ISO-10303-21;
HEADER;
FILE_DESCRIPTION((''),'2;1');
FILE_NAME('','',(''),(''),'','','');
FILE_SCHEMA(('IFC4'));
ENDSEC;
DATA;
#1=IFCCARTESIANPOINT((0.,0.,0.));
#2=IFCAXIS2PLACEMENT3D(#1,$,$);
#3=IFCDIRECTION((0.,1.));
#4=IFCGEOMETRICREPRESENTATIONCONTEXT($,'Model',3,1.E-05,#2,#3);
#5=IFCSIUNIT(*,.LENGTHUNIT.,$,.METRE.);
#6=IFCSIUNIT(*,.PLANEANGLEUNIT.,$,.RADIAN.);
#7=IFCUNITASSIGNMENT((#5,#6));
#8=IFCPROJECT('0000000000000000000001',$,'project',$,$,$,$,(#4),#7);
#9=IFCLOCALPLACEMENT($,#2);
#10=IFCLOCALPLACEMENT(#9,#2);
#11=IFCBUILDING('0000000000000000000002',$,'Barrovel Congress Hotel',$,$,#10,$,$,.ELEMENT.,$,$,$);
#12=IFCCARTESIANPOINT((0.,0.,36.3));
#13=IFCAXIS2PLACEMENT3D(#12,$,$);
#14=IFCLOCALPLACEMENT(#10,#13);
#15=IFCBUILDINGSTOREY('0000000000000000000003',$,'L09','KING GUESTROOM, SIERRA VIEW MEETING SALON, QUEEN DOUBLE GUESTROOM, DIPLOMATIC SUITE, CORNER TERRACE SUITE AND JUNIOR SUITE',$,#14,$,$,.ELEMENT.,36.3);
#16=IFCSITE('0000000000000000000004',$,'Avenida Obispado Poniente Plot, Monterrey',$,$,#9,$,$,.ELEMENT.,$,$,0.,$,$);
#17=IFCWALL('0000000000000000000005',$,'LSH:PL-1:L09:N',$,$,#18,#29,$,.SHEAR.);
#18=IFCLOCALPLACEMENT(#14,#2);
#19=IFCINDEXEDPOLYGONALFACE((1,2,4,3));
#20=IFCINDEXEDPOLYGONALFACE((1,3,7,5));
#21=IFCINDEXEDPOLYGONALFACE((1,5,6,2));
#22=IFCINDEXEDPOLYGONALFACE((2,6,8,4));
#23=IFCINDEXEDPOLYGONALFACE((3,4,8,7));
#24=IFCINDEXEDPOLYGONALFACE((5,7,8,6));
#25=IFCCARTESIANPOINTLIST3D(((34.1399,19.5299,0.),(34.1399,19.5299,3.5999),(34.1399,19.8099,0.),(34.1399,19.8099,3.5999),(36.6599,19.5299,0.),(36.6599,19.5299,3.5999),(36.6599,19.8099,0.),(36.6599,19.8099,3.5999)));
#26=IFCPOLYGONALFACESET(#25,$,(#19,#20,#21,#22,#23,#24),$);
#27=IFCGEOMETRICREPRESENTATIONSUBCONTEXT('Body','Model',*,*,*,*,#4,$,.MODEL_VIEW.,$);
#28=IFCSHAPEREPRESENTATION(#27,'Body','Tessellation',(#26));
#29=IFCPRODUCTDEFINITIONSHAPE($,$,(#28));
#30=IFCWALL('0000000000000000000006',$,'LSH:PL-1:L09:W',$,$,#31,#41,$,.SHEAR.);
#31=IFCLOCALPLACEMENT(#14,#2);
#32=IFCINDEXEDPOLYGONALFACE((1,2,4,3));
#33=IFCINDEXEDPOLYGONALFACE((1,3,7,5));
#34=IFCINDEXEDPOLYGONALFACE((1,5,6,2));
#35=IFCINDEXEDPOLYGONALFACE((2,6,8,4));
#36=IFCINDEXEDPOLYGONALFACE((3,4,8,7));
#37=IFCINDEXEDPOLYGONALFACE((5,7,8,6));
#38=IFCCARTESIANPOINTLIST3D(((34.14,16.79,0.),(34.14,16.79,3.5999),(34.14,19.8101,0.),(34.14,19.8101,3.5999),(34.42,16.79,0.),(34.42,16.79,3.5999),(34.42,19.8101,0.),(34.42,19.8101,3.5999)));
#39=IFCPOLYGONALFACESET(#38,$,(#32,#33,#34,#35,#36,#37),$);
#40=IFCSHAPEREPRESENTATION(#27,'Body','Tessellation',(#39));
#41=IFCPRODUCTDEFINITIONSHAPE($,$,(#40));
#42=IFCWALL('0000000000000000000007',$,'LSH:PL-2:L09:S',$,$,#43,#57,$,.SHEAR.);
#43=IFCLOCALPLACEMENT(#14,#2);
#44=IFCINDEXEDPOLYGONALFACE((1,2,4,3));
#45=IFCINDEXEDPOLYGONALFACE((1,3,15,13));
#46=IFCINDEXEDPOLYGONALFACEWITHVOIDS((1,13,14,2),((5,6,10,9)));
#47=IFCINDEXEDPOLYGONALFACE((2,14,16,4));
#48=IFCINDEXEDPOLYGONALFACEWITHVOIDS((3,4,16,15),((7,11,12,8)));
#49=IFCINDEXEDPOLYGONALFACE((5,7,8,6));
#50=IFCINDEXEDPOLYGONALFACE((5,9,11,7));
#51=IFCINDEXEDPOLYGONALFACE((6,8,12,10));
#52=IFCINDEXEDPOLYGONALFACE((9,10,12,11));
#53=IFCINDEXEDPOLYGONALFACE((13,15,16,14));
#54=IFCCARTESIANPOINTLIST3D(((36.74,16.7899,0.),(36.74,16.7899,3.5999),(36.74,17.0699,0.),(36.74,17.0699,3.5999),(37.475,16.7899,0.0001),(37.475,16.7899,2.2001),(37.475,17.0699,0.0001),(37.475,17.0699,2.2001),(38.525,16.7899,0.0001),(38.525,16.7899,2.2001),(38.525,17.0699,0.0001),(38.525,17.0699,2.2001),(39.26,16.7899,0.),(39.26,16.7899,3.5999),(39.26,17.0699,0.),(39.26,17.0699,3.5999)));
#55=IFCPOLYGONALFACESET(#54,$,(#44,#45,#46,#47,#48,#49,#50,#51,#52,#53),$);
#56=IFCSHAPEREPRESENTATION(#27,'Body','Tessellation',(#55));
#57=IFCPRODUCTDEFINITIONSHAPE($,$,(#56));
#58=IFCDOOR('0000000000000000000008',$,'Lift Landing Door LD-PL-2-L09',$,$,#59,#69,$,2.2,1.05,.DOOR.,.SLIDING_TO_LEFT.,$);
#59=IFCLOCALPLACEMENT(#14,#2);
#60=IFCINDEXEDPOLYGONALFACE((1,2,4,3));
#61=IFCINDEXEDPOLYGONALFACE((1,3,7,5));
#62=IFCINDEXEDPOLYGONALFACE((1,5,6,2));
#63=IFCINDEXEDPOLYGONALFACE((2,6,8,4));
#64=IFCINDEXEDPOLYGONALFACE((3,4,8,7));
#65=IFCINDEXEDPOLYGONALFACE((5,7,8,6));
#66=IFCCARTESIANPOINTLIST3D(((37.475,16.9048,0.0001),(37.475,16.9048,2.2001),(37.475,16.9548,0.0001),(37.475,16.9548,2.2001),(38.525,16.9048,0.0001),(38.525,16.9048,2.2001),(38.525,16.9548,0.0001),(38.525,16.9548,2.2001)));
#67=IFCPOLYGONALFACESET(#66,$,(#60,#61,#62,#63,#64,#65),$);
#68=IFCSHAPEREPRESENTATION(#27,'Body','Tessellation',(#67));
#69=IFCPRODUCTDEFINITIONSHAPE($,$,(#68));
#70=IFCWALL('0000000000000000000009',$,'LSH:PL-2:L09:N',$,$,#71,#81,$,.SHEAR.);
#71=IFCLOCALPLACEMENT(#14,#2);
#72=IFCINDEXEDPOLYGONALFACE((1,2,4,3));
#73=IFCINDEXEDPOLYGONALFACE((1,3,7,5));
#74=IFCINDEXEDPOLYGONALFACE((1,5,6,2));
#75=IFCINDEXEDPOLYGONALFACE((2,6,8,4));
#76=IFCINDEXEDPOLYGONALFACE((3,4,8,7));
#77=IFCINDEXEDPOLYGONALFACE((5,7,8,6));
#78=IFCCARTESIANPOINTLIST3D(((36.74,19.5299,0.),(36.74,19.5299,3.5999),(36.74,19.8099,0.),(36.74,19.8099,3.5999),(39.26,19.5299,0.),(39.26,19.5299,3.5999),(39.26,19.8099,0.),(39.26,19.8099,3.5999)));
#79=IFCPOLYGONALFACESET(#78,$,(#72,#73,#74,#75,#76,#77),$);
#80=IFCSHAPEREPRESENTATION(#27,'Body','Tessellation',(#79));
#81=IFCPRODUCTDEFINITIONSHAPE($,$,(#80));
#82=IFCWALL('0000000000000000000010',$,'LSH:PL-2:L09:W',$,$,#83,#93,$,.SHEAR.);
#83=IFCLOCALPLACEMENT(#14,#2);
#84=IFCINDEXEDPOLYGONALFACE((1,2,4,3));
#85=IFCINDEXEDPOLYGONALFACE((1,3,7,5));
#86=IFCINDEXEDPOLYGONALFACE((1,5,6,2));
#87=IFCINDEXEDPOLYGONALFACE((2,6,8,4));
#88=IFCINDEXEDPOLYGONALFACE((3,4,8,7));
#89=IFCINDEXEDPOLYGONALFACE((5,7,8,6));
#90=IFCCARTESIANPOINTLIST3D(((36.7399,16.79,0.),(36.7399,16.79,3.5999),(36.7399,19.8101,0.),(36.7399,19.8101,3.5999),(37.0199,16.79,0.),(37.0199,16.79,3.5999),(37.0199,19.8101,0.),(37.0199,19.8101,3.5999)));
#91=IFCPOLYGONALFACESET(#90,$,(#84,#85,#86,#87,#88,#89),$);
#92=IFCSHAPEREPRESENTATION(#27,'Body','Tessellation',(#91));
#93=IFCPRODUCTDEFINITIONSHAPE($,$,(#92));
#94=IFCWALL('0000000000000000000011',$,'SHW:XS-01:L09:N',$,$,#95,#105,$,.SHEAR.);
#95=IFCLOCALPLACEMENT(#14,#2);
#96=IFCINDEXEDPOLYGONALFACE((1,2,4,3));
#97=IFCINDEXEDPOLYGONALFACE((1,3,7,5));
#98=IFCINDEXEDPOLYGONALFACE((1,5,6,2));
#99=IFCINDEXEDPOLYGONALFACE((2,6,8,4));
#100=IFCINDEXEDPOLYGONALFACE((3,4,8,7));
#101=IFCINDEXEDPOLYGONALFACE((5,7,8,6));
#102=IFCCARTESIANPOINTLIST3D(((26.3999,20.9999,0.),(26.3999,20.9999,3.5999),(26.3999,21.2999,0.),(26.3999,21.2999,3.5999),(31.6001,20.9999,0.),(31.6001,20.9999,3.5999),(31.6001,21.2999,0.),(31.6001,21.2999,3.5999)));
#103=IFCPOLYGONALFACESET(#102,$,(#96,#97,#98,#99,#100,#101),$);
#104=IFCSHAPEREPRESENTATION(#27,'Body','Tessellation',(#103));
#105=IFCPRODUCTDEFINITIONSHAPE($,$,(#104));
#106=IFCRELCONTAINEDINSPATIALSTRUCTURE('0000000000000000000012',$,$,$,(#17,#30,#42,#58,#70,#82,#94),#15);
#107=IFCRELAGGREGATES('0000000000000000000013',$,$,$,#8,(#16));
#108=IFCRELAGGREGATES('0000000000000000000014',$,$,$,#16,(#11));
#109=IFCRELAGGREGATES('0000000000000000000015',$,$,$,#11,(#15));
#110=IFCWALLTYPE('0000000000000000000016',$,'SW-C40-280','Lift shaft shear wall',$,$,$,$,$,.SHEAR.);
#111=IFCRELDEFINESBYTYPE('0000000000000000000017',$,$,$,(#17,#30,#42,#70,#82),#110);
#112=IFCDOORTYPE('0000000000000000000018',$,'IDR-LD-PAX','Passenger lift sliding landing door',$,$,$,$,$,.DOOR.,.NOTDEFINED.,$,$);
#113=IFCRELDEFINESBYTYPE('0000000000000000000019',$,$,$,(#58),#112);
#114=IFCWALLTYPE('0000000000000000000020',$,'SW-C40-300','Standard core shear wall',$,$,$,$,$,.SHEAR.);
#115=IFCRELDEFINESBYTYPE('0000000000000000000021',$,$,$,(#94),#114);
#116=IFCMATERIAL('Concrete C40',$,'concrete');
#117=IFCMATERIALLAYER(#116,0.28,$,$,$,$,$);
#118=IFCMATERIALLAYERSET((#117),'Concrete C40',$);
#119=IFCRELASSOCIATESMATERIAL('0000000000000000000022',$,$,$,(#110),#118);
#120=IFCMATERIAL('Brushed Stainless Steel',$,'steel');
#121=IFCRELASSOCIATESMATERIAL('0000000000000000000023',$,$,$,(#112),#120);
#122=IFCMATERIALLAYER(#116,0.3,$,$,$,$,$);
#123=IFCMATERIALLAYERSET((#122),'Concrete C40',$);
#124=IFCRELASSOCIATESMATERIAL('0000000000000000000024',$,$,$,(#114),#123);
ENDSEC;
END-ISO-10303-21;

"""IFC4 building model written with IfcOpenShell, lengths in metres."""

from ifc_helpers import new_model, si_unit, direction, frame, frame_2d, origin, place, context, subcontext, project, spatial, rectangle, extrude, material, layer, layer_set, type_object, element, fill, save


model = new_model("IFC4")

# Units and contexts
model_context = context("Model", 3, precision=1e-05, world=origin(), true_north=direction((0.0, 1.0)))
body_context = subcontext(model_context, "Body", "Model", "MODEL_VIEW")
ifc_project = project(units=[si_unit("LENGTHUNIT", "METRE"), si_unit("PLANEANGLEUNIT", "RADIAN")], contexts=[model_context])

# Site, building, storey
site_placement = place(None, origin())
site = spatial("IfcSite", under=ifc_project, at=site_placement, Name="Avenida Obispado Poniente Plot, Monterrey", CompositionType="ELEMENT", RefElevation=0.0)
building_placement = place(site_placement, origin())
building = spatial("IfcBuilding", under=site, at=building_placement, Name="Barrovel Congress Hotel", CompositionType="ELEMENT")
storey_placement = place(building_placement, frame((0.0, 0.0, 36.3)))
storey = spatial("IfcBuildingStorey", under=building, at=storey_placement, Name="L09", Description="KING GUESTROOM, SIERRA VIEW MEETING SALON, QUEEN DOUBLE GUESTROOM, DIPLOMATIC SUITE, CORNER TERRACE SUITE AND JUNIOR SUITE", CompositionType="ELEMENT", Elevation=36.3)

# Shared definitions
ifc_material_1 = material(Name="Concrete C40", Category="concrete")

# Shared definitions
ifc_layer_1 = layer(ifc_material_1, 0.28)
ifc_layer_set_1 = layer_set([ifc_layer_1], Name="Concrete C40")
wall_type_1 = type_object("IfcWallType", Name="SW-C40-280", Description="Lift shaft shear wall", PredefinedType="SHEAR", material=ifc_layer_set_1)
ifc_material_2 = material(Name="Brushed Stainless Steel", Category="steel")
door_type = type_object("IfcDoorType", Name="IDR-LD-PAX", Description="Passenger lift sliding landing door", OperationType="NOTDEFINED", PredefinedType="DOOR", material=ifc_material_2)

# Walls
wall_1_placement = place(storey_placement, frame((36.6599, 19.6699, 0.0), z_axis=(0.0, 0.0, 1.0), x_axis=(-1.0, 0.0, 0.0)))
element("IfcWall", 1, at=wall_1_placement, inside=storey, type_object=wall_type_1, Name="LSH:PL-1:L09:N", PredefinedType="SHEAR", context=body_context, shape_type="SweptSolid", body=[
    extrude(rectangle(XDim=2.52, YDim=0.28, at=frame_2d((1.26, 0.0))), origin(), (0.0, 0.0, 1.0), 3.5999),
])
wall_2_placement = place(storey_placement, frame((34.28, 19.8101, 0.0), z_axis=(0.0, 0.0, 1.0), x_axis=(0.0, -1.0, 0.0)))
element("IfcWall", 2, at=wall_2_placement, inside=storey, type_object=wall_type_1, Name="LSH:PL-1:L09:W", PredefinedType="SHEAR", context=body_context, shape_type="SweptSolid", body=[
    extrude(rectangle(XDim=3.02, YDim=0.28, at=frame_2d((1.51, 0.0))), origin(), (0.0, 0.0, 1.0), 3.5999),
])

# Wall, opening, door
wall_3_placement = place(storey_placement, frame((36.74, 16.9299, 0.0), z_axis=(0.0, 0.0, 1.0), x_axis=(1.0, 0.0, 0.0)))
wall_3 = element("IfcWall", 3, at=wall_3_placement, inside=storey, type_object=wall_type_1, Name="LSH:PL-2:L09:S", PredefinedType="SHEAR", context=body_context, shape_type="SweptSolid", body=[
    extrude(rectangle(XDim=2.52, YDim=0.28, at=frame_2d((1.26, 0.0))), origin(), (0.0, 0.0, 1.0), 3.5999),
])
opening_1_placement = place(wall_3_placement, frame((0.7351, 0.0, 0.0)))
opening_1 = element("IfcOpeningElement", 4, at=opening_1_placement, cuts=wall_3, PredefinedType="OPENING", context=body_context, shape_type="SweptSolid", body=[
    extrude(rectangle(XDim=1.05, YDim=2.2, at=frame_2d((0.5249, 1.1001))), frame((0.0, 0.1499, 0.0), z_axis=(0.0, -1.0, 0.0), x_axis=(1.0, 0.0, 0.0)), (0.0, 0.0, 1.0), 0.3),
])
door_1_placement = place(opening_1_placement, origin())
door_1 = element("IfcDoor", 5, at=door_1_placement, inside=storey, type_object=door_type, Name="Lift Landing Door LD-PL-2-L09", OperationType="SLIDING_TO_LEFT", OverallHeight=2.2, OverallWidth=1.05, PredefinedType="DOOR", context=body_context, shape_type="SweptSolid", body=[
    extrude(rectangle(XDim=1.05, YDim=2.2, at=frame_2d((0.5249, 1.1001))), frame((0.0, 0.0249, 0.0), z_axis=(0.0, -1.0, 0.0), x_axis=(1.0, 0.0, 0.0)), (0.0, 0.0, 1.0), 0.05),
])
fill(opening_1, door_1)

# Walls
wall_4_placement = place(storey_placement, frame((39.26, 19.6699, 0.0), z_axis=(0.0, 0.0, 1.0), x_axis=(-1.0, 0.0, 0.0)))
element("IfcWall", 6, at=wall_4_placement, inside=storey, type_object=wall_type_1, Name="LSH:PL-2:L09:N", PredefinedType="SHEAR", context=body_context, shape_type="SweptSolid", body=[
    extrude(rectangle(XDim=2.52, YDim=0.28, at=frame_2d((1.26, 0.0))), origin(), (0.0, 0.0, 1.0), 3.5999),
])
wall_5_placement = place(storey_placement, frame((36.8799, 19.8101, 0.0), z_axis=(0.0, 0.0, 1.0), x_axis=(0.0, -1.0, 0.0)))
element("IfcWall", 7, at=wall_5_placement, inside=storey, type_object=wall_type_1, Name="LSH:PL-2:L09:W", PredefinedType="SHEAR", context=body_context, shape_type="SweptSolid", body=[
    extrude(rectangle(XDim=3.02, YDim=0.28, at=frame_2d((1.51, 0.0))), origin(), (0.0, 0.0, 1.0), 3.5999),
])
ifc_layer_2 = layer(ifc_material_1, 0.3)
ifc_layer_set_2 = layer_set([ifc_layer_2], Name="Concrete C40")
wall_type_2 = type_object("IfcWallType", Name="SW-C40-300", Description="Standard core shear wall", PredefinedType="SHEAR", material=ifc_layer_set_2)
wall_6_placement = place(storey_placement, frame((31.6001, 21.1499, 0.0), z_axis=(0.0, 0.0, 1.0), x_axis=(-1.0, 0.0, 0.0)))
element("IfcWall", 8, at=wall_6_placement, inside=storey, type_object=wall_type_2, Name="SHW:XS-01:L09:N", PredefinedType="SHEAR", context=body_context, shape_type="SweptSolid", body=[
    extrude(rectangle(XDim=5.2002, YDim=0.3, at=frame_2d((2.6001, 0.0))), origin(), (0.0, 0.0, 1.0), 3.5999),
])

save(model, "model.ifc")
